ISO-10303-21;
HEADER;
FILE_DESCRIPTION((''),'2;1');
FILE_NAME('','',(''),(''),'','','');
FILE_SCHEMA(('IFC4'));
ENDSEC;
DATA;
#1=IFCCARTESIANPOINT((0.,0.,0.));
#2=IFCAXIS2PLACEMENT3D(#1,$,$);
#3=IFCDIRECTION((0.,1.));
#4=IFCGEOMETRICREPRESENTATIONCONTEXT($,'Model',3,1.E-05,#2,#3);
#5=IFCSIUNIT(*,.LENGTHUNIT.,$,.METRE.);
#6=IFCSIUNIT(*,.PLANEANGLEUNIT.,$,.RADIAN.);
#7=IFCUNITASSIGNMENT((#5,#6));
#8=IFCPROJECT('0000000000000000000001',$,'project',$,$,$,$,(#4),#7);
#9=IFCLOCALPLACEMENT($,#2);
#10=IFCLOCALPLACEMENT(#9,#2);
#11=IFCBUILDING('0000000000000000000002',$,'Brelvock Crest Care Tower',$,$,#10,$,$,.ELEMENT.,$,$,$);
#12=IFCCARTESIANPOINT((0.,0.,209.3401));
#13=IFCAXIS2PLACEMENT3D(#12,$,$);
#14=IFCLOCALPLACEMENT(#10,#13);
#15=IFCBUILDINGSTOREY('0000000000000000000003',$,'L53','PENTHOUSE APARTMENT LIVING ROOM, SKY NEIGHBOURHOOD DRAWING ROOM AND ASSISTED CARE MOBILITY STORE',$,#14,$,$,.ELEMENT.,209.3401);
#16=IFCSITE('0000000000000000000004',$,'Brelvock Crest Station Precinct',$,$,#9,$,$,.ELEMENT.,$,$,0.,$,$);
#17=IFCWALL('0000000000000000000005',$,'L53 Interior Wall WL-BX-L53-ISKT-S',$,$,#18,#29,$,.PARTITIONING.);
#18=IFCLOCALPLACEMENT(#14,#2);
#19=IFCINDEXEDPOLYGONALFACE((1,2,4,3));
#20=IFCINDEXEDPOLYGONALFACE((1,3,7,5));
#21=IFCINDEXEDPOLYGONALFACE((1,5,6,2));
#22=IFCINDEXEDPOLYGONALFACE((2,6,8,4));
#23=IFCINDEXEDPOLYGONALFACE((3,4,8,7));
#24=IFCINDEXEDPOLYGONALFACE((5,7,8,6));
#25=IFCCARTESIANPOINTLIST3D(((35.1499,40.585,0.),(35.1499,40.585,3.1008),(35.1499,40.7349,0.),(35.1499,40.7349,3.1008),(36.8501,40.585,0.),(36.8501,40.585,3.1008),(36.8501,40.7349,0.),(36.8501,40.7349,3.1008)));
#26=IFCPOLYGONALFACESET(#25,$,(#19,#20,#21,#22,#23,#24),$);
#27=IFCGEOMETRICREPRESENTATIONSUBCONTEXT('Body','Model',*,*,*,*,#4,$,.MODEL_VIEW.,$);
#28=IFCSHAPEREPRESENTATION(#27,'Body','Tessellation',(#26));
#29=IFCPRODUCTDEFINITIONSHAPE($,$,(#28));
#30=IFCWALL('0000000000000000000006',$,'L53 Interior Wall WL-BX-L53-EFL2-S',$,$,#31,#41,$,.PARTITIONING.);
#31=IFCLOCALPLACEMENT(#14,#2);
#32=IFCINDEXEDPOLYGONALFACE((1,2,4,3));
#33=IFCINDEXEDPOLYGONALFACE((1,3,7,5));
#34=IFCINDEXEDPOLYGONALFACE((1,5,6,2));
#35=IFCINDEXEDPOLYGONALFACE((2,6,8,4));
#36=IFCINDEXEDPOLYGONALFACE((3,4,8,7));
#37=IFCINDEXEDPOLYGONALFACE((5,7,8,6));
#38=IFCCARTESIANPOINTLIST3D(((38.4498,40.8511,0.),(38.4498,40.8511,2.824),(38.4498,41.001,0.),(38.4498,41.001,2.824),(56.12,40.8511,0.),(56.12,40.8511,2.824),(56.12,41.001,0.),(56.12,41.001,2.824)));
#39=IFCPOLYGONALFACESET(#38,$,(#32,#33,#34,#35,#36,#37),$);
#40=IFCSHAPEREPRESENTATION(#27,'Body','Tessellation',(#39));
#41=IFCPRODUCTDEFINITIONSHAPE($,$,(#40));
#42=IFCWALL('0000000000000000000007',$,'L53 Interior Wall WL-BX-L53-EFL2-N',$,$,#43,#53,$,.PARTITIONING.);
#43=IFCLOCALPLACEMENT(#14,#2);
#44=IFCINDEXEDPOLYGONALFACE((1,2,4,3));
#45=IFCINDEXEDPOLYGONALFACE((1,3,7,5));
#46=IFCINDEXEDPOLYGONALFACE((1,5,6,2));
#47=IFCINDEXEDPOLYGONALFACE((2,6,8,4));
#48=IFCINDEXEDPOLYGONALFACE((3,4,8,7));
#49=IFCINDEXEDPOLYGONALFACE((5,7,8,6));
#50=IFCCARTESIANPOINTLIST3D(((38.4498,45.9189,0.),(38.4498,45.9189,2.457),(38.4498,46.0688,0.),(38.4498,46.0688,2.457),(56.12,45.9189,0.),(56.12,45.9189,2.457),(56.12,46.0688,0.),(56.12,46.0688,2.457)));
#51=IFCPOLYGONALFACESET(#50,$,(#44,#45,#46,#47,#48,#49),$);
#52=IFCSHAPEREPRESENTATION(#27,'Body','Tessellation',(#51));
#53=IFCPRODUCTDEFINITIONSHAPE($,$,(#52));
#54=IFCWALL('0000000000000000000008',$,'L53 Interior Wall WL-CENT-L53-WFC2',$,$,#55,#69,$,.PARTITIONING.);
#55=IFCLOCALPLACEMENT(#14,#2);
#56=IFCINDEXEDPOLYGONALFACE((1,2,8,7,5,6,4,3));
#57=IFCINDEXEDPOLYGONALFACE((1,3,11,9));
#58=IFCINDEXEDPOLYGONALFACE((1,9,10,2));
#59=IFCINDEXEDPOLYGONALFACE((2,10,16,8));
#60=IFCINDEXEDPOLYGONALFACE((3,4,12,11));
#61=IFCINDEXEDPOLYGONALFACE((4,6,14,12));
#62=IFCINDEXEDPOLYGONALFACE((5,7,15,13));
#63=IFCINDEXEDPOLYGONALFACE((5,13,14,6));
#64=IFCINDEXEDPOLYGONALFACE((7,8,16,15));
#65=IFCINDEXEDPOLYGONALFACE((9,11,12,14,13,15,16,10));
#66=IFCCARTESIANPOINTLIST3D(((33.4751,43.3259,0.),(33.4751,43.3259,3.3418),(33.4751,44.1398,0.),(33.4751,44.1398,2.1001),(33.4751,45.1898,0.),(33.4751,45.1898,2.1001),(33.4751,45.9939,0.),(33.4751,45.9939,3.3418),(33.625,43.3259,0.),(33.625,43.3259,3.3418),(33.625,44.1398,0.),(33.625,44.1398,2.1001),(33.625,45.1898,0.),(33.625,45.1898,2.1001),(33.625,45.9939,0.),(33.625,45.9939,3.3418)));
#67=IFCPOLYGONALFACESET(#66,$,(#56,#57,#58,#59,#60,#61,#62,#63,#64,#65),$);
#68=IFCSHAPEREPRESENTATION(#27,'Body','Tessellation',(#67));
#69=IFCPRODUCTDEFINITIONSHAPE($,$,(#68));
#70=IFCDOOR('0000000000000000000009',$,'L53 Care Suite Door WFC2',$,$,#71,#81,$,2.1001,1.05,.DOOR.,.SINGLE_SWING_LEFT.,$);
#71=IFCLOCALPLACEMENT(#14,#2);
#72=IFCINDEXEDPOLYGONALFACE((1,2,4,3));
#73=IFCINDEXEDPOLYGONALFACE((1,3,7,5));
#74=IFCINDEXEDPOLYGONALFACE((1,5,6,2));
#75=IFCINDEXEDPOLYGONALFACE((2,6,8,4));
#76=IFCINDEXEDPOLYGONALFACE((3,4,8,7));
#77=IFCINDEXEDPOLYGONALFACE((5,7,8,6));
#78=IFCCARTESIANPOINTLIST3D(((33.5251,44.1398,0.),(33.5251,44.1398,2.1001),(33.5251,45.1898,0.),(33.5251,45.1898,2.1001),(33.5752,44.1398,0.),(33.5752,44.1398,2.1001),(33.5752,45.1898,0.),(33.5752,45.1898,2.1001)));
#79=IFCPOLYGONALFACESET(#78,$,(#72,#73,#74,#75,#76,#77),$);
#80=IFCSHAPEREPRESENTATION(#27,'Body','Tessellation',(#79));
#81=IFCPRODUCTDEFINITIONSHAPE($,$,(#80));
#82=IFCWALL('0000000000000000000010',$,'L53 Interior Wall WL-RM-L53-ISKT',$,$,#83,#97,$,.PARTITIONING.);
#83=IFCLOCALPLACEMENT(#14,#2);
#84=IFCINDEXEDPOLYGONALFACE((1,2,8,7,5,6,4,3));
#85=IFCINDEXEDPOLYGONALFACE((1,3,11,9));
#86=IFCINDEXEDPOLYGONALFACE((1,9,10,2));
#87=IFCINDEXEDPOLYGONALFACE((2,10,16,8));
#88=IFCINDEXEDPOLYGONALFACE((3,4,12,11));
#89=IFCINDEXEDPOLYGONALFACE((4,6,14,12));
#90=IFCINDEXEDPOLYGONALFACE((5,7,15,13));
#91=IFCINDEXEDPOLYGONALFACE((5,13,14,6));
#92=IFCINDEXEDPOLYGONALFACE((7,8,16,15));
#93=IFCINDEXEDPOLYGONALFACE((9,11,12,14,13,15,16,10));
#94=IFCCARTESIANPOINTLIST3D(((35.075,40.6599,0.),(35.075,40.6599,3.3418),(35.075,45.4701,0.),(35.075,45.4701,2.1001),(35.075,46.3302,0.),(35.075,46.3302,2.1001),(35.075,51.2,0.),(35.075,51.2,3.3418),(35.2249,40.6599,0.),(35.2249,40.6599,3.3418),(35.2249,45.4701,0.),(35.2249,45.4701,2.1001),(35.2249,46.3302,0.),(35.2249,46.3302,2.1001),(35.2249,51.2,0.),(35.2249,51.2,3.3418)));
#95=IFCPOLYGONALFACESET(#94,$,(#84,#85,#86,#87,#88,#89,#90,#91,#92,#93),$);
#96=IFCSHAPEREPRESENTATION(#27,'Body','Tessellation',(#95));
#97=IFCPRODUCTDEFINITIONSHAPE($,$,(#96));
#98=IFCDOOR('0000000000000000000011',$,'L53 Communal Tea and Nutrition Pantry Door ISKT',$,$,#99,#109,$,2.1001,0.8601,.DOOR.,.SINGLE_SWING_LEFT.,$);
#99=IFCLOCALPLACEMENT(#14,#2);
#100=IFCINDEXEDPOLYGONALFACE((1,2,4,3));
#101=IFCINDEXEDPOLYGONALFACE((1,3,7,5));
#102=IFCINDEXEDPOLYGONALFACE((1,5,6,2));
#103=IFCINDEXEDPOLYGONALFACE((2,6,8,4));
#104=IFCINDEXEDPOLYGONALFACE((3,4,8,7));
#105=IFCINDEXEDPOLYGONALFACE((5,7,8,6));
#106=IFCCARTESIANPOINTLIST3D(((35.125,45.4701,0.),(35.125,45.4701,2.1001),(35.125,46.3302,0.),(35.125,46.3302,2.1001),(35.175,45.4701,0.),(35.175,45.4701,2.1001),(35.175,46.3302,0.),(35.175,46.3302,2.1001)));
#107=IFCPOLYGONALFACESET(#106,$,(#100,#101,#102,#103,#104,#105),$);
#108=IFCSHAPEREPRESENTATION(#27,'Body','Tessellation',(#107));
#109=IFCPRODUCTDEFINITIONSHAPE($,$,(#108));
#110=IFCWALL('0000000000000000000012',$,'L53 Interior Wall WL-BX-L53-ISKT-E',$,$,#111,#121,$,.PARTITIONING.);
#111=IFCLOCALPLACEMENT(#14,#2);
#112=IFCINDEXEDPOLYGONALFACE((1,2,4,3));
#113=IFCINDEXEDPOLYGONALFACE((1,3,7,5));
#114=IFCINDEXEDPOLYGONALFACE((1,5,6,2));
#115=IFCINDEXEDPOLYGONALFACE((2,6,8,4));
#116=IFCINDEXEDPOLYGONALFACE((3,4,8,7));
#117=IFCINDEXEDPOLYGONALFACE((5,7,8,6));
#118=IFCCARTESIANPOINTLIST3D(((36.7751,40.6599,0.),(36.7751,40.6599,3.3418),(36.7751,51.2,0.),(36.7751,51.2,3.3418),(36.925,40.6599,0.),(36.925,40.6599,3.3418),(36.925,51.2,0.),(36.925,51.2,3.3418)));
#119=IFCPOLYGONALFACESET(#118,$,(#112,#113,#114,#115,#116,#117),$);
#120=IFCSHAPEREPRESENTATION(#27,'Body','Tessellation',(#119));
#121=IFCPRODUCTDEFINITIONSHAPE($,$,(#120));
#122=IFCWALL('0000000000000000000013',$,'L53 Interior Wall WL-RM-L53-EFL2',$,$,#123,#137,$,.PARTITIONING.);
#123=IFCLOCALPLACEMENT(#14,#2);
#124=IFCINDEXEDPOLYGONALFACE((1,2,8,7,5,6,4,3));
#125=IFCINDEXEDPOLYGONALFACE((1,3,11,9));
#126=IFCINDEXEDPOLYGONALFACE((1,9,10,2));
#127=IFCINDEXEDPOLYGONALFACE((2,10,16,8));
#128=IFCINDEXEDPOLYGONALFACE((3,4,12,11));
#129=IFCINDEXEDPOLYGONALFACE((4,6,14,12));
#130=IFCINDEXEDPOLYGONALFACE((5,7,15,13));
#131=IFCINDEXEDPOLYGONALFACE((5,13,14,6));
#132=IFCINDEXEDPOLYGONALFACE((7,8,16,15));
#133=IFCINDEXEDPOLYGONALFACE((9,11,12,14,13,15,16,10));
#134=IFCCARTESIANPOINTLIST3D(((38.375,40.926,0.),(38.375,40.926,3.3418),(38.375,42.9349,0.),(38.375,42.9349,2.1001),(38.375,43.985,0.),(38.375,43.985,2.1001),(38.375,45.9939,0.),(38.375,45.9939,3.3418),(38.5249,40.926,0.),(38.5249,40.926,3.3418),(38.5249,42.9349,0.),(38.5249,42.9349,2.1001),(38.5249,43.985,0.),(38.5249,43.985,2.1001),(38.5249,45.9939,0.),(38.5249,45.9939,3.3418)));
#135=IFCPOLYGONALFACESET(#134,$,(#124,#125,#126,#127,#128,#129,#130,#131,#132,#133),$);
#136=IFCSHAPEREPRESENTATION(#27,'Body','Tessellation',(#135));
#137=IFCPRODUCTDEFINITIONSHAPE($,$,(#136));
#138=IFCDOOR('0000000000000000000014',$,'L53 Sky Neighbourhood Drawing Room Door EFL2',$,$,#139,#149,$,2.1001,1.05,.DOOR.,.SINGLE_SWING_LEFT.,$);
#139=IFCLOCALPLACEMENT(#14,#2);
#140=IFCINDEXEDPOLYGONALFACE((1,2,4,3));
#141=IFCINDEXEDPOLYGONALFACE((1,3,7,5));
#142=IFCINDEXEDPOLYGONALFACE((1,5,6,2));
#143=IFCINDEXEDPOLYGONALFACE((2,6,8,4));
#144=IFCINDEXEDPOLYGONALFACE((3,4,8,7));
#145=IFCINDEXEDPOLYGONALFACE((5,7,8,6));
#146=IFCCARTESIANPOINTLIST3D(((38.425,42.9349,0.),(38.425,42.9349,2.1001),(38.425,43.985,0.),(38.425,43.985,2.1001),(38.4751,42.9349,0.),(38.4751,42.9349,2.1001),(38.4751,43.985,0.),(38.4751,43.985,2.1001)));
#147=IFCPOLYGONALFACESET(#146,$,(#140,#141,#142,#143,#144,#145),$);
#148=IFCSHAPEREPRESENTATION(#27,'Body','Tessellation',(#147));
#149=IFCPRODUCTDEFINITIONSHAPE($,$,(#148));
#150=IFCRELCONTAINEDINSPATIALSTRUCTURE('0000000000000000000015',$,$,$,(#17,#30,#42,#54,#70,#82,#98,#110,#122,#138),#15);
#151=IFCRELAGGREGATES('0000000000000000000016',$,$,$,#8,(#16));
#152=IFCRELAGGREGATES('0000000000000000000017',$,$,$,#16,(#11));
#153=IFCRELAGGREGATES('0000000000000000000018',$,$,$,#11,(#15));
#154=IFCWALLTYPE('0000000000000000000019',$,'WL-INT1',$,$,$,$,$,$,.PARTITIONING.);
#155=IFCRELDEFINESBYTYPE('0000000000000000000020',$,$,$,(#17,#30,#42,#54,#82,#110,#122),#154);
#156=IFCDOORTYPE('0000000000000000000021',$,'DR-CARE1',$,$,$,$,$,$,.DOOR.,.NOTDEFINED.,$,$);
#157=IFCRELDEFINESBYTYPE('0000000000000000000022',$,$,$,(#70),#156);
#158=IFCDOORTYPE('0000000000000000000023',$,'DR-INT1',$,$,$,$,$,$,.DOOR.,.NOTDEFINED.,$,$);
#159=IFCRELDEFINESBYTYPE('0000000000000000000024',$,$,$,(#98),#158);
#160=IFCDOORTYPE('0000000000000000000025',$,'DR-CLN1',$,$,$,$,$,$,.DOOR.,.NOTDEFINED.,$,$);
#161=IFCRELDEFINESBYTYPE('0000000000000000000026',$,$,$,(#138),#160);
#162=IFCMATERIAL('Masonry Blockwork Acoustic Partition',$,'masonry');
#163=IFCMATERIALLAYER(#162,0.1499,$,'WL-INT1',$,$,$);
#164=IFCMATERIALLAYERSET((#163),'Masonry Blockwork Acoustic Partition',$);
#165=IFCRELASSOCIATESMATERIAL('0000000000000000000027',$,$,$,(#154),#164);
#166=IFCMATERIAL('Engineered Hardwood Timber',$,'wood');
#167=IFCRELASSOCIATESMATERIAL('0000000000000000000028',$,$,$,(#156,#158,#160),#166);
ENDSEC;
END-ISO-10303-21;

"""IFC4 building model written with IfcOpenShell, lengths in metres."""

from ifc_helpers import new_model, si_unit, direction, frame, frame_2d, origin, origin_2d, place, context, subcontext, project, spatial, rectangle, extrude, source, transform, mapped, material, layer, layer_set, type_object, element, fill, save


model = new_model("IFC4")

# Units and contexts
model_context = context("Model", 3, precision=1e-05, world=origin(), true_north=direction((0.0, 1.0)))
body_context = subcontext(model_context, "Body", "Model", "MODEL_VIEW")
ifc_project = project(units=[si_unit("LENGTHUNIT", "METRE"), si_unit("PLANEANGLEUNIT", "RADIAN")], contexts=[model_context])

# Site, building, storey
site_placement = place(None, origin())
site = spatial("IfcSite", under=ifc_project, at=site_placement, Name="Brelvock Crest Station Precinct", CompositionType="ELEMENT", RefElevation=0.0)
building_placement = place(site_placement, origin())
building = spatial("IfcBuilding", under=site, at=building_placement, Name="Brelvock Crest Care Tower", CompositionType="ELEMENT")
storey_placement = place(building_placement, frame((0.0, 0.0, 209.3401)))
storey = spatial("IfcBuildingStorey", under=building, at=storey_placement, Name="L53", Description="PENTHOUSE APARTMENT LIVING ROOM, SKY NEIGHBOURHOOD DRAWING ROOM AND ASSISTED CARE MOBILITY STORE", CompositionType="ELEMENT", Elevation=209.3401)

# Walls
ifc_material_1 = material(Name="Masonry Blockwork Acoustic Partition", Category="masonry")
ifc_layer_1 = layer(ifc_material_1, 0.1499, Name="WL-INT1")
ifc_layer_set_1 = layer_set([ifc_layer_1], Name="Masonry Blockwork Acoustic Partition")
wall_type_1 = type_object("IfcWallType", Name="WL-INT1", PredefinedType="PARTITIONING", material=ifc_layer_set_1)
wall_1_placement = place(storey_placement, frame((35.1499, 40.6599, 0.0), z_axis=(0.0, 0.0, 1.0), x_axis=(1.0, 0.0, 0.0)))
element("IfcWall", 1, at=wall_1_placement, inside=storey, type_object=wall_type_1, Name="L53 Interior Wall WL-BX-L53-ISKT-S", PredefinedType="PARTITIONING", context=body_context, shape_type="SweptSolid", body=[
    extrude(rectangle(XDim=1.7002, YDim=0.1499, at=frame_2d((0.8501, 0.0))), origin(), (0.0, 0.0, 1.0), 3.1008),
])
wall_2_placement = place(storey_placement, frame((38.45, 40.926, 0.0), z_axis=(0.0, 0.0, 1.0), x_axis=(1.0, 0.0, 0.0)))
element("IfcWall", 2, at=wall_2_placement, inside=storey, type_object=wall_type_1, Name="L53 Interior Wall WL-BX-L53-EFL2-S", PredefinedType="PARTITIONING", context=body_context, shape_type="SweptSolid", body=[
    extrude(rectangle(XDim=17.6702, YDim=0.1499, at=frame_2d((8.835, 0.0))), origin(), (0.0, 0.0, 1.0), 2.824),
])
wall_3_placement = place(storey_placement, frame((38.45, 45.9939, 0.0), z_axis=(0.0, 0.0, 1.0), x_axis=(1.0, 0.0, 0.0)))
element("IfcWall", 3, at=wall_3_placement, inside=storey, type_object=wall_type_1, Name="L53 Interior Wall WL-BX-L53-EFL2-N", PredefinedType="PARTITIONING", context=body_context, shape_type="SweptSolid", body=[
    extrude(rectangle(XDim=17.6702, YDim=0.1499, at=frame_2d((8.835, 0.0))), origin(), (0.0, 0.0, 1.0), 2.457),
])

# Walls, openings, doors
wall_4_placement = place(storey_placement, frame((33.55, 43.3259, 0.0), z_axis=(0.0, 0.0, 1.0), x_axis=(0.0, 1.0, 0.0)))
wall_4 = element("IfcWall", 4, at=wall_4_placement, inside=storey, type_object=wall_type_1, Name="L53 Interior Wall WL-CENT-L53-WFC2", PredefinedType="PARTITIONING", context=body_context, shape_type="SweptSolid", body=[
    extrude(rectangle(XDim=2.668, YDim=0.1499, at=frame_2d((1.334, 0.0))), origin(), (0.0, 0.0, 1.0), 3.3418),
])
opening_1_placement = place(wall_4_placement, frame((0.814, 0.0, 0.0)))
opening_1 = element("IfcOpeningElement", 5, at=opening_1_placement, cuts=wall_4, PredefinedType="OPENING", context=body_context, shape_type="SweptSolid", body=[
    extrude(rectangle(XDim=1.05, YDim=2.1001, at=origin_2d()), frame((0.5249, 0.085, 1.05), z_axis=(0.0, -1.0, 0.0), x_axis=(1.0, 0.0, 0.0)), (0.0, 0.0, 1.0), 0.1699),
])
ifc_material_2 = material(Name="Engineered Hardwood Timber", Category="wood")
door_type_1 = type_object("IfcDoorType", Name="DR-CARE1", OperationType="NOTDEFINED", PredefinedType="DOOR", material=ifc_material_2)
shared_shape_1 = source(origin(), body_context, "Body", "SweptSolid", [
    extrude(rectangle(XDim=1.05, YDim=2.1001, at=origin_2d()), frame((0.5249, 0.0249, 1.05), z_axis=(0.0, -1.0, 0.0), x_axis=(1.0, 0.0, 0.0)), (0.0, 0.0, 1.0), 0.05),
])
door_1_placement = place(opening_1_placement, origin())
door_1 = element("IfcDoor", 6, at=door_1_placement, inside=storey, type_object=door_type_1, Name="L53 Care Suite Door WFC2", OperationType="SINGLE_SWING_LEFT", OverallHeight=2.1001, OverallWidth=1.05, PredefinedType="DOOR", context=body_context, shape_type="MappedRepresentation", body=[
    mapped(shared_shape_1, transform((0.0, 0.0, 0.0), x_axis=(1.0, 0.0, 0.0), y_axis=(0.0, 1.0, 0.0), z_axis=(0.0, 0.0, 1.0), scale=1.0)),
])
fill(opening_1, door_1)
wall_5_placement = place(storey_placement, frame((35.1499, 40.6599, 0.0), z_axis=(0.0, 0.0, 1.0), x_axis=(0.0, 1.0, 0.0)))
wall_5 = element("IfcWall", 7, at=wall_5_placement, inside=storey, type_object=wall_type_1, Name="L53 Interior Wall WL-RM-L53-ISKT", PredefinedType="PARTITIONING", context=body_context, shape_type="SweptSolid", body=[
    extrude(rectangle(XDim=10.54, YDim=0.1499, at=frame_2d((5.27, 0.0))), origin(), (0.0, 0.0, 1.0), 3.3418),
])
opening_2_placement = place(wall_5_placement, frame((4.8101, 0.0, 0.0)))
opening_2 = element("IfcOpeningElement", 8, at=opening_2_placement, cuts=wall_5, PredefinedType="OPENING", context=body_context, shape_type="SweptSolid", body=[
    extrude(rectangle(XDim=0.8601, YDim=2.1001, at=origin_2d()), frame((0.4302, 0.085, 1.05), z_axis=(0.0, -1.0, 0.0), x_axis=(1.0, 0.0, 0.0)), (0.0, 0.0, 1.0), 0.1699),
])
door_type_2 = type_object("IfcDoorType", Name="DR-INT1", OperationType="NOTDEFINED", PredefinedType="DOOR", material=ifc_material_2)
shared_shape_2 = source(origin(), body_context, "Body", "SweptSolid", [
    extrude(rectangle(XDim=0.8601, YDim=2.1001, at=origin_2d()), frame((0.4302, 0.0249, 1.05), z_axis=(0.0, -1.0, 0.0), x_axis=(1.0, 0.0, 0.0)), (0.0, 0.0, 1.0), 0.05),
])
door_2_placement = place(opening_2_placement, origin())
door_2 = element("IfcDoor", 9, at=door_2_placement, inside=storey, type_object=door_type_2, Name="L53 Communal Tea and Nutrition Pantry Door ISKT", OperationType="SINGLE_SWING_LEFT", OverallHeight=2.1001, OverallWidth=0.8601, PredefinedType="DOOR", context=body_context, shape_type="MappedRepresentation", body=[
    mapped(shared_shape_2, transform((0.0, 0.0, 0.0), x_axis=(1.0, 0.0, 0.0), y_axis=(0.0, 1.0, 0.0), z_axis=(0.0, 0.0, 1.0), scale=1.0)),
])
fill(opening_2, door_2)

# Wall
wall_6_placement = place(storey_placement, frame((36.8501, 40.6599, 0.0), z_axis=(0.0, 0.0, 1.0), x_axis=(0.0, 1.0, 0.0)))
element("IfcWall", 10, at=wall_6_placement, inside=storey, type_object=wall_type_1, Name="L53 Interior Wall WL-BX-L53-ISKT-E", PredefinedType="PARTITIONING", context=body_context, shape_type="SweptSolid", body=[
    extrude(rectangle(XDim=10.54, YDim=0.1499, at=frame_2d((5.27, 0.0))), origin(), (0.0, 0.0, 1.0), 3.3418),
])

# Wall, opening, door
wall_7_placement = place(storey_placement, frame((38.45, 40.926, 0.0), z_axis=(0.0, 0.0, 1.0), x_axis=(0.0, 1.0, 0.0)))
wall_7 = element("IfcWall", 11, at=wall_7_placement, inside=storey, type_object=wall_type_1, Name="L53 Interior Wall WL-RM-L53-EFL2", PredefinedType="PARTITIONING", context=body_context, shape_type="SweptSolid", body=[
    extrude(rectangle(XDim=5.0679, YDim=0.1499, at=frame_2d((2.5339, 0.0))), origin(), (0.0, 0.0, 1.0), 3.3418),
])
opening_3_placement = place(wall_7_placement, frame((2.009, 0.0, 0.0)))
opening_3 = element("IfcOpeningElement", 12, at=opening_3_placement, cuts=wall_7, PredefinedType="OPENING", context=body_context, shape_type="SweptSolid", body=[
    extrude(rectangle(XDim=1.05, YDim=2.1001, at=origin_2d()), frame((0.5249, 0.085, 1.05), z_axis=(0.0, -1.0, 0.0), x_axis=(1.0, 0.0, 0.0)), (0.0, 0.0, 1.0), 0.1699),
])
door_type_3 = type_object("IfcDoorType", Name="DR-CLN1", OperationType="NOTDEFINED", PredefinedType="DOOR", material=ifc_material_2)
shared_shape_3 = source(origin(), body_context, "Body", "SweptSolid", [
    extrude(rectangle(XDim=1.05, YDim=2.1001, at=origin_2d()), frame((0.5249, 0.0249, 1.05), z_axis=(0.0, -1.0, 0.0), x_axis=(1.0, 0.0, 0.0)), (0.0, 0.0, 1.0), 0.05),
])
door_3_placement = place(opening_3_placement, origin())
door_3 = element("IfcDoor", 13, at=door_3_placement, inside=storey, type_object=door_type_3, Name="L53 Sky Neighbourhood Drawing Room Door EFL2", OperationType="SINGLE_SWING_LEFT", OverallHeight=2.1001, OverallWidth=1.05, PredefinedType="DOOR", context=body_context, shape_type="MappedRepresentation", body=[
    mapped(shared_shape_3, transform((0.0, 0.0, 0.0), x_axis=(1.0, 0.0, 0.0), y_axis=(0.0, 1.0, 0.0), z_axis=(0.0, 0.0, 1.0), scale=1.0)),
])
fill(opening_3, door_3)

save(model, "model.ifc")
